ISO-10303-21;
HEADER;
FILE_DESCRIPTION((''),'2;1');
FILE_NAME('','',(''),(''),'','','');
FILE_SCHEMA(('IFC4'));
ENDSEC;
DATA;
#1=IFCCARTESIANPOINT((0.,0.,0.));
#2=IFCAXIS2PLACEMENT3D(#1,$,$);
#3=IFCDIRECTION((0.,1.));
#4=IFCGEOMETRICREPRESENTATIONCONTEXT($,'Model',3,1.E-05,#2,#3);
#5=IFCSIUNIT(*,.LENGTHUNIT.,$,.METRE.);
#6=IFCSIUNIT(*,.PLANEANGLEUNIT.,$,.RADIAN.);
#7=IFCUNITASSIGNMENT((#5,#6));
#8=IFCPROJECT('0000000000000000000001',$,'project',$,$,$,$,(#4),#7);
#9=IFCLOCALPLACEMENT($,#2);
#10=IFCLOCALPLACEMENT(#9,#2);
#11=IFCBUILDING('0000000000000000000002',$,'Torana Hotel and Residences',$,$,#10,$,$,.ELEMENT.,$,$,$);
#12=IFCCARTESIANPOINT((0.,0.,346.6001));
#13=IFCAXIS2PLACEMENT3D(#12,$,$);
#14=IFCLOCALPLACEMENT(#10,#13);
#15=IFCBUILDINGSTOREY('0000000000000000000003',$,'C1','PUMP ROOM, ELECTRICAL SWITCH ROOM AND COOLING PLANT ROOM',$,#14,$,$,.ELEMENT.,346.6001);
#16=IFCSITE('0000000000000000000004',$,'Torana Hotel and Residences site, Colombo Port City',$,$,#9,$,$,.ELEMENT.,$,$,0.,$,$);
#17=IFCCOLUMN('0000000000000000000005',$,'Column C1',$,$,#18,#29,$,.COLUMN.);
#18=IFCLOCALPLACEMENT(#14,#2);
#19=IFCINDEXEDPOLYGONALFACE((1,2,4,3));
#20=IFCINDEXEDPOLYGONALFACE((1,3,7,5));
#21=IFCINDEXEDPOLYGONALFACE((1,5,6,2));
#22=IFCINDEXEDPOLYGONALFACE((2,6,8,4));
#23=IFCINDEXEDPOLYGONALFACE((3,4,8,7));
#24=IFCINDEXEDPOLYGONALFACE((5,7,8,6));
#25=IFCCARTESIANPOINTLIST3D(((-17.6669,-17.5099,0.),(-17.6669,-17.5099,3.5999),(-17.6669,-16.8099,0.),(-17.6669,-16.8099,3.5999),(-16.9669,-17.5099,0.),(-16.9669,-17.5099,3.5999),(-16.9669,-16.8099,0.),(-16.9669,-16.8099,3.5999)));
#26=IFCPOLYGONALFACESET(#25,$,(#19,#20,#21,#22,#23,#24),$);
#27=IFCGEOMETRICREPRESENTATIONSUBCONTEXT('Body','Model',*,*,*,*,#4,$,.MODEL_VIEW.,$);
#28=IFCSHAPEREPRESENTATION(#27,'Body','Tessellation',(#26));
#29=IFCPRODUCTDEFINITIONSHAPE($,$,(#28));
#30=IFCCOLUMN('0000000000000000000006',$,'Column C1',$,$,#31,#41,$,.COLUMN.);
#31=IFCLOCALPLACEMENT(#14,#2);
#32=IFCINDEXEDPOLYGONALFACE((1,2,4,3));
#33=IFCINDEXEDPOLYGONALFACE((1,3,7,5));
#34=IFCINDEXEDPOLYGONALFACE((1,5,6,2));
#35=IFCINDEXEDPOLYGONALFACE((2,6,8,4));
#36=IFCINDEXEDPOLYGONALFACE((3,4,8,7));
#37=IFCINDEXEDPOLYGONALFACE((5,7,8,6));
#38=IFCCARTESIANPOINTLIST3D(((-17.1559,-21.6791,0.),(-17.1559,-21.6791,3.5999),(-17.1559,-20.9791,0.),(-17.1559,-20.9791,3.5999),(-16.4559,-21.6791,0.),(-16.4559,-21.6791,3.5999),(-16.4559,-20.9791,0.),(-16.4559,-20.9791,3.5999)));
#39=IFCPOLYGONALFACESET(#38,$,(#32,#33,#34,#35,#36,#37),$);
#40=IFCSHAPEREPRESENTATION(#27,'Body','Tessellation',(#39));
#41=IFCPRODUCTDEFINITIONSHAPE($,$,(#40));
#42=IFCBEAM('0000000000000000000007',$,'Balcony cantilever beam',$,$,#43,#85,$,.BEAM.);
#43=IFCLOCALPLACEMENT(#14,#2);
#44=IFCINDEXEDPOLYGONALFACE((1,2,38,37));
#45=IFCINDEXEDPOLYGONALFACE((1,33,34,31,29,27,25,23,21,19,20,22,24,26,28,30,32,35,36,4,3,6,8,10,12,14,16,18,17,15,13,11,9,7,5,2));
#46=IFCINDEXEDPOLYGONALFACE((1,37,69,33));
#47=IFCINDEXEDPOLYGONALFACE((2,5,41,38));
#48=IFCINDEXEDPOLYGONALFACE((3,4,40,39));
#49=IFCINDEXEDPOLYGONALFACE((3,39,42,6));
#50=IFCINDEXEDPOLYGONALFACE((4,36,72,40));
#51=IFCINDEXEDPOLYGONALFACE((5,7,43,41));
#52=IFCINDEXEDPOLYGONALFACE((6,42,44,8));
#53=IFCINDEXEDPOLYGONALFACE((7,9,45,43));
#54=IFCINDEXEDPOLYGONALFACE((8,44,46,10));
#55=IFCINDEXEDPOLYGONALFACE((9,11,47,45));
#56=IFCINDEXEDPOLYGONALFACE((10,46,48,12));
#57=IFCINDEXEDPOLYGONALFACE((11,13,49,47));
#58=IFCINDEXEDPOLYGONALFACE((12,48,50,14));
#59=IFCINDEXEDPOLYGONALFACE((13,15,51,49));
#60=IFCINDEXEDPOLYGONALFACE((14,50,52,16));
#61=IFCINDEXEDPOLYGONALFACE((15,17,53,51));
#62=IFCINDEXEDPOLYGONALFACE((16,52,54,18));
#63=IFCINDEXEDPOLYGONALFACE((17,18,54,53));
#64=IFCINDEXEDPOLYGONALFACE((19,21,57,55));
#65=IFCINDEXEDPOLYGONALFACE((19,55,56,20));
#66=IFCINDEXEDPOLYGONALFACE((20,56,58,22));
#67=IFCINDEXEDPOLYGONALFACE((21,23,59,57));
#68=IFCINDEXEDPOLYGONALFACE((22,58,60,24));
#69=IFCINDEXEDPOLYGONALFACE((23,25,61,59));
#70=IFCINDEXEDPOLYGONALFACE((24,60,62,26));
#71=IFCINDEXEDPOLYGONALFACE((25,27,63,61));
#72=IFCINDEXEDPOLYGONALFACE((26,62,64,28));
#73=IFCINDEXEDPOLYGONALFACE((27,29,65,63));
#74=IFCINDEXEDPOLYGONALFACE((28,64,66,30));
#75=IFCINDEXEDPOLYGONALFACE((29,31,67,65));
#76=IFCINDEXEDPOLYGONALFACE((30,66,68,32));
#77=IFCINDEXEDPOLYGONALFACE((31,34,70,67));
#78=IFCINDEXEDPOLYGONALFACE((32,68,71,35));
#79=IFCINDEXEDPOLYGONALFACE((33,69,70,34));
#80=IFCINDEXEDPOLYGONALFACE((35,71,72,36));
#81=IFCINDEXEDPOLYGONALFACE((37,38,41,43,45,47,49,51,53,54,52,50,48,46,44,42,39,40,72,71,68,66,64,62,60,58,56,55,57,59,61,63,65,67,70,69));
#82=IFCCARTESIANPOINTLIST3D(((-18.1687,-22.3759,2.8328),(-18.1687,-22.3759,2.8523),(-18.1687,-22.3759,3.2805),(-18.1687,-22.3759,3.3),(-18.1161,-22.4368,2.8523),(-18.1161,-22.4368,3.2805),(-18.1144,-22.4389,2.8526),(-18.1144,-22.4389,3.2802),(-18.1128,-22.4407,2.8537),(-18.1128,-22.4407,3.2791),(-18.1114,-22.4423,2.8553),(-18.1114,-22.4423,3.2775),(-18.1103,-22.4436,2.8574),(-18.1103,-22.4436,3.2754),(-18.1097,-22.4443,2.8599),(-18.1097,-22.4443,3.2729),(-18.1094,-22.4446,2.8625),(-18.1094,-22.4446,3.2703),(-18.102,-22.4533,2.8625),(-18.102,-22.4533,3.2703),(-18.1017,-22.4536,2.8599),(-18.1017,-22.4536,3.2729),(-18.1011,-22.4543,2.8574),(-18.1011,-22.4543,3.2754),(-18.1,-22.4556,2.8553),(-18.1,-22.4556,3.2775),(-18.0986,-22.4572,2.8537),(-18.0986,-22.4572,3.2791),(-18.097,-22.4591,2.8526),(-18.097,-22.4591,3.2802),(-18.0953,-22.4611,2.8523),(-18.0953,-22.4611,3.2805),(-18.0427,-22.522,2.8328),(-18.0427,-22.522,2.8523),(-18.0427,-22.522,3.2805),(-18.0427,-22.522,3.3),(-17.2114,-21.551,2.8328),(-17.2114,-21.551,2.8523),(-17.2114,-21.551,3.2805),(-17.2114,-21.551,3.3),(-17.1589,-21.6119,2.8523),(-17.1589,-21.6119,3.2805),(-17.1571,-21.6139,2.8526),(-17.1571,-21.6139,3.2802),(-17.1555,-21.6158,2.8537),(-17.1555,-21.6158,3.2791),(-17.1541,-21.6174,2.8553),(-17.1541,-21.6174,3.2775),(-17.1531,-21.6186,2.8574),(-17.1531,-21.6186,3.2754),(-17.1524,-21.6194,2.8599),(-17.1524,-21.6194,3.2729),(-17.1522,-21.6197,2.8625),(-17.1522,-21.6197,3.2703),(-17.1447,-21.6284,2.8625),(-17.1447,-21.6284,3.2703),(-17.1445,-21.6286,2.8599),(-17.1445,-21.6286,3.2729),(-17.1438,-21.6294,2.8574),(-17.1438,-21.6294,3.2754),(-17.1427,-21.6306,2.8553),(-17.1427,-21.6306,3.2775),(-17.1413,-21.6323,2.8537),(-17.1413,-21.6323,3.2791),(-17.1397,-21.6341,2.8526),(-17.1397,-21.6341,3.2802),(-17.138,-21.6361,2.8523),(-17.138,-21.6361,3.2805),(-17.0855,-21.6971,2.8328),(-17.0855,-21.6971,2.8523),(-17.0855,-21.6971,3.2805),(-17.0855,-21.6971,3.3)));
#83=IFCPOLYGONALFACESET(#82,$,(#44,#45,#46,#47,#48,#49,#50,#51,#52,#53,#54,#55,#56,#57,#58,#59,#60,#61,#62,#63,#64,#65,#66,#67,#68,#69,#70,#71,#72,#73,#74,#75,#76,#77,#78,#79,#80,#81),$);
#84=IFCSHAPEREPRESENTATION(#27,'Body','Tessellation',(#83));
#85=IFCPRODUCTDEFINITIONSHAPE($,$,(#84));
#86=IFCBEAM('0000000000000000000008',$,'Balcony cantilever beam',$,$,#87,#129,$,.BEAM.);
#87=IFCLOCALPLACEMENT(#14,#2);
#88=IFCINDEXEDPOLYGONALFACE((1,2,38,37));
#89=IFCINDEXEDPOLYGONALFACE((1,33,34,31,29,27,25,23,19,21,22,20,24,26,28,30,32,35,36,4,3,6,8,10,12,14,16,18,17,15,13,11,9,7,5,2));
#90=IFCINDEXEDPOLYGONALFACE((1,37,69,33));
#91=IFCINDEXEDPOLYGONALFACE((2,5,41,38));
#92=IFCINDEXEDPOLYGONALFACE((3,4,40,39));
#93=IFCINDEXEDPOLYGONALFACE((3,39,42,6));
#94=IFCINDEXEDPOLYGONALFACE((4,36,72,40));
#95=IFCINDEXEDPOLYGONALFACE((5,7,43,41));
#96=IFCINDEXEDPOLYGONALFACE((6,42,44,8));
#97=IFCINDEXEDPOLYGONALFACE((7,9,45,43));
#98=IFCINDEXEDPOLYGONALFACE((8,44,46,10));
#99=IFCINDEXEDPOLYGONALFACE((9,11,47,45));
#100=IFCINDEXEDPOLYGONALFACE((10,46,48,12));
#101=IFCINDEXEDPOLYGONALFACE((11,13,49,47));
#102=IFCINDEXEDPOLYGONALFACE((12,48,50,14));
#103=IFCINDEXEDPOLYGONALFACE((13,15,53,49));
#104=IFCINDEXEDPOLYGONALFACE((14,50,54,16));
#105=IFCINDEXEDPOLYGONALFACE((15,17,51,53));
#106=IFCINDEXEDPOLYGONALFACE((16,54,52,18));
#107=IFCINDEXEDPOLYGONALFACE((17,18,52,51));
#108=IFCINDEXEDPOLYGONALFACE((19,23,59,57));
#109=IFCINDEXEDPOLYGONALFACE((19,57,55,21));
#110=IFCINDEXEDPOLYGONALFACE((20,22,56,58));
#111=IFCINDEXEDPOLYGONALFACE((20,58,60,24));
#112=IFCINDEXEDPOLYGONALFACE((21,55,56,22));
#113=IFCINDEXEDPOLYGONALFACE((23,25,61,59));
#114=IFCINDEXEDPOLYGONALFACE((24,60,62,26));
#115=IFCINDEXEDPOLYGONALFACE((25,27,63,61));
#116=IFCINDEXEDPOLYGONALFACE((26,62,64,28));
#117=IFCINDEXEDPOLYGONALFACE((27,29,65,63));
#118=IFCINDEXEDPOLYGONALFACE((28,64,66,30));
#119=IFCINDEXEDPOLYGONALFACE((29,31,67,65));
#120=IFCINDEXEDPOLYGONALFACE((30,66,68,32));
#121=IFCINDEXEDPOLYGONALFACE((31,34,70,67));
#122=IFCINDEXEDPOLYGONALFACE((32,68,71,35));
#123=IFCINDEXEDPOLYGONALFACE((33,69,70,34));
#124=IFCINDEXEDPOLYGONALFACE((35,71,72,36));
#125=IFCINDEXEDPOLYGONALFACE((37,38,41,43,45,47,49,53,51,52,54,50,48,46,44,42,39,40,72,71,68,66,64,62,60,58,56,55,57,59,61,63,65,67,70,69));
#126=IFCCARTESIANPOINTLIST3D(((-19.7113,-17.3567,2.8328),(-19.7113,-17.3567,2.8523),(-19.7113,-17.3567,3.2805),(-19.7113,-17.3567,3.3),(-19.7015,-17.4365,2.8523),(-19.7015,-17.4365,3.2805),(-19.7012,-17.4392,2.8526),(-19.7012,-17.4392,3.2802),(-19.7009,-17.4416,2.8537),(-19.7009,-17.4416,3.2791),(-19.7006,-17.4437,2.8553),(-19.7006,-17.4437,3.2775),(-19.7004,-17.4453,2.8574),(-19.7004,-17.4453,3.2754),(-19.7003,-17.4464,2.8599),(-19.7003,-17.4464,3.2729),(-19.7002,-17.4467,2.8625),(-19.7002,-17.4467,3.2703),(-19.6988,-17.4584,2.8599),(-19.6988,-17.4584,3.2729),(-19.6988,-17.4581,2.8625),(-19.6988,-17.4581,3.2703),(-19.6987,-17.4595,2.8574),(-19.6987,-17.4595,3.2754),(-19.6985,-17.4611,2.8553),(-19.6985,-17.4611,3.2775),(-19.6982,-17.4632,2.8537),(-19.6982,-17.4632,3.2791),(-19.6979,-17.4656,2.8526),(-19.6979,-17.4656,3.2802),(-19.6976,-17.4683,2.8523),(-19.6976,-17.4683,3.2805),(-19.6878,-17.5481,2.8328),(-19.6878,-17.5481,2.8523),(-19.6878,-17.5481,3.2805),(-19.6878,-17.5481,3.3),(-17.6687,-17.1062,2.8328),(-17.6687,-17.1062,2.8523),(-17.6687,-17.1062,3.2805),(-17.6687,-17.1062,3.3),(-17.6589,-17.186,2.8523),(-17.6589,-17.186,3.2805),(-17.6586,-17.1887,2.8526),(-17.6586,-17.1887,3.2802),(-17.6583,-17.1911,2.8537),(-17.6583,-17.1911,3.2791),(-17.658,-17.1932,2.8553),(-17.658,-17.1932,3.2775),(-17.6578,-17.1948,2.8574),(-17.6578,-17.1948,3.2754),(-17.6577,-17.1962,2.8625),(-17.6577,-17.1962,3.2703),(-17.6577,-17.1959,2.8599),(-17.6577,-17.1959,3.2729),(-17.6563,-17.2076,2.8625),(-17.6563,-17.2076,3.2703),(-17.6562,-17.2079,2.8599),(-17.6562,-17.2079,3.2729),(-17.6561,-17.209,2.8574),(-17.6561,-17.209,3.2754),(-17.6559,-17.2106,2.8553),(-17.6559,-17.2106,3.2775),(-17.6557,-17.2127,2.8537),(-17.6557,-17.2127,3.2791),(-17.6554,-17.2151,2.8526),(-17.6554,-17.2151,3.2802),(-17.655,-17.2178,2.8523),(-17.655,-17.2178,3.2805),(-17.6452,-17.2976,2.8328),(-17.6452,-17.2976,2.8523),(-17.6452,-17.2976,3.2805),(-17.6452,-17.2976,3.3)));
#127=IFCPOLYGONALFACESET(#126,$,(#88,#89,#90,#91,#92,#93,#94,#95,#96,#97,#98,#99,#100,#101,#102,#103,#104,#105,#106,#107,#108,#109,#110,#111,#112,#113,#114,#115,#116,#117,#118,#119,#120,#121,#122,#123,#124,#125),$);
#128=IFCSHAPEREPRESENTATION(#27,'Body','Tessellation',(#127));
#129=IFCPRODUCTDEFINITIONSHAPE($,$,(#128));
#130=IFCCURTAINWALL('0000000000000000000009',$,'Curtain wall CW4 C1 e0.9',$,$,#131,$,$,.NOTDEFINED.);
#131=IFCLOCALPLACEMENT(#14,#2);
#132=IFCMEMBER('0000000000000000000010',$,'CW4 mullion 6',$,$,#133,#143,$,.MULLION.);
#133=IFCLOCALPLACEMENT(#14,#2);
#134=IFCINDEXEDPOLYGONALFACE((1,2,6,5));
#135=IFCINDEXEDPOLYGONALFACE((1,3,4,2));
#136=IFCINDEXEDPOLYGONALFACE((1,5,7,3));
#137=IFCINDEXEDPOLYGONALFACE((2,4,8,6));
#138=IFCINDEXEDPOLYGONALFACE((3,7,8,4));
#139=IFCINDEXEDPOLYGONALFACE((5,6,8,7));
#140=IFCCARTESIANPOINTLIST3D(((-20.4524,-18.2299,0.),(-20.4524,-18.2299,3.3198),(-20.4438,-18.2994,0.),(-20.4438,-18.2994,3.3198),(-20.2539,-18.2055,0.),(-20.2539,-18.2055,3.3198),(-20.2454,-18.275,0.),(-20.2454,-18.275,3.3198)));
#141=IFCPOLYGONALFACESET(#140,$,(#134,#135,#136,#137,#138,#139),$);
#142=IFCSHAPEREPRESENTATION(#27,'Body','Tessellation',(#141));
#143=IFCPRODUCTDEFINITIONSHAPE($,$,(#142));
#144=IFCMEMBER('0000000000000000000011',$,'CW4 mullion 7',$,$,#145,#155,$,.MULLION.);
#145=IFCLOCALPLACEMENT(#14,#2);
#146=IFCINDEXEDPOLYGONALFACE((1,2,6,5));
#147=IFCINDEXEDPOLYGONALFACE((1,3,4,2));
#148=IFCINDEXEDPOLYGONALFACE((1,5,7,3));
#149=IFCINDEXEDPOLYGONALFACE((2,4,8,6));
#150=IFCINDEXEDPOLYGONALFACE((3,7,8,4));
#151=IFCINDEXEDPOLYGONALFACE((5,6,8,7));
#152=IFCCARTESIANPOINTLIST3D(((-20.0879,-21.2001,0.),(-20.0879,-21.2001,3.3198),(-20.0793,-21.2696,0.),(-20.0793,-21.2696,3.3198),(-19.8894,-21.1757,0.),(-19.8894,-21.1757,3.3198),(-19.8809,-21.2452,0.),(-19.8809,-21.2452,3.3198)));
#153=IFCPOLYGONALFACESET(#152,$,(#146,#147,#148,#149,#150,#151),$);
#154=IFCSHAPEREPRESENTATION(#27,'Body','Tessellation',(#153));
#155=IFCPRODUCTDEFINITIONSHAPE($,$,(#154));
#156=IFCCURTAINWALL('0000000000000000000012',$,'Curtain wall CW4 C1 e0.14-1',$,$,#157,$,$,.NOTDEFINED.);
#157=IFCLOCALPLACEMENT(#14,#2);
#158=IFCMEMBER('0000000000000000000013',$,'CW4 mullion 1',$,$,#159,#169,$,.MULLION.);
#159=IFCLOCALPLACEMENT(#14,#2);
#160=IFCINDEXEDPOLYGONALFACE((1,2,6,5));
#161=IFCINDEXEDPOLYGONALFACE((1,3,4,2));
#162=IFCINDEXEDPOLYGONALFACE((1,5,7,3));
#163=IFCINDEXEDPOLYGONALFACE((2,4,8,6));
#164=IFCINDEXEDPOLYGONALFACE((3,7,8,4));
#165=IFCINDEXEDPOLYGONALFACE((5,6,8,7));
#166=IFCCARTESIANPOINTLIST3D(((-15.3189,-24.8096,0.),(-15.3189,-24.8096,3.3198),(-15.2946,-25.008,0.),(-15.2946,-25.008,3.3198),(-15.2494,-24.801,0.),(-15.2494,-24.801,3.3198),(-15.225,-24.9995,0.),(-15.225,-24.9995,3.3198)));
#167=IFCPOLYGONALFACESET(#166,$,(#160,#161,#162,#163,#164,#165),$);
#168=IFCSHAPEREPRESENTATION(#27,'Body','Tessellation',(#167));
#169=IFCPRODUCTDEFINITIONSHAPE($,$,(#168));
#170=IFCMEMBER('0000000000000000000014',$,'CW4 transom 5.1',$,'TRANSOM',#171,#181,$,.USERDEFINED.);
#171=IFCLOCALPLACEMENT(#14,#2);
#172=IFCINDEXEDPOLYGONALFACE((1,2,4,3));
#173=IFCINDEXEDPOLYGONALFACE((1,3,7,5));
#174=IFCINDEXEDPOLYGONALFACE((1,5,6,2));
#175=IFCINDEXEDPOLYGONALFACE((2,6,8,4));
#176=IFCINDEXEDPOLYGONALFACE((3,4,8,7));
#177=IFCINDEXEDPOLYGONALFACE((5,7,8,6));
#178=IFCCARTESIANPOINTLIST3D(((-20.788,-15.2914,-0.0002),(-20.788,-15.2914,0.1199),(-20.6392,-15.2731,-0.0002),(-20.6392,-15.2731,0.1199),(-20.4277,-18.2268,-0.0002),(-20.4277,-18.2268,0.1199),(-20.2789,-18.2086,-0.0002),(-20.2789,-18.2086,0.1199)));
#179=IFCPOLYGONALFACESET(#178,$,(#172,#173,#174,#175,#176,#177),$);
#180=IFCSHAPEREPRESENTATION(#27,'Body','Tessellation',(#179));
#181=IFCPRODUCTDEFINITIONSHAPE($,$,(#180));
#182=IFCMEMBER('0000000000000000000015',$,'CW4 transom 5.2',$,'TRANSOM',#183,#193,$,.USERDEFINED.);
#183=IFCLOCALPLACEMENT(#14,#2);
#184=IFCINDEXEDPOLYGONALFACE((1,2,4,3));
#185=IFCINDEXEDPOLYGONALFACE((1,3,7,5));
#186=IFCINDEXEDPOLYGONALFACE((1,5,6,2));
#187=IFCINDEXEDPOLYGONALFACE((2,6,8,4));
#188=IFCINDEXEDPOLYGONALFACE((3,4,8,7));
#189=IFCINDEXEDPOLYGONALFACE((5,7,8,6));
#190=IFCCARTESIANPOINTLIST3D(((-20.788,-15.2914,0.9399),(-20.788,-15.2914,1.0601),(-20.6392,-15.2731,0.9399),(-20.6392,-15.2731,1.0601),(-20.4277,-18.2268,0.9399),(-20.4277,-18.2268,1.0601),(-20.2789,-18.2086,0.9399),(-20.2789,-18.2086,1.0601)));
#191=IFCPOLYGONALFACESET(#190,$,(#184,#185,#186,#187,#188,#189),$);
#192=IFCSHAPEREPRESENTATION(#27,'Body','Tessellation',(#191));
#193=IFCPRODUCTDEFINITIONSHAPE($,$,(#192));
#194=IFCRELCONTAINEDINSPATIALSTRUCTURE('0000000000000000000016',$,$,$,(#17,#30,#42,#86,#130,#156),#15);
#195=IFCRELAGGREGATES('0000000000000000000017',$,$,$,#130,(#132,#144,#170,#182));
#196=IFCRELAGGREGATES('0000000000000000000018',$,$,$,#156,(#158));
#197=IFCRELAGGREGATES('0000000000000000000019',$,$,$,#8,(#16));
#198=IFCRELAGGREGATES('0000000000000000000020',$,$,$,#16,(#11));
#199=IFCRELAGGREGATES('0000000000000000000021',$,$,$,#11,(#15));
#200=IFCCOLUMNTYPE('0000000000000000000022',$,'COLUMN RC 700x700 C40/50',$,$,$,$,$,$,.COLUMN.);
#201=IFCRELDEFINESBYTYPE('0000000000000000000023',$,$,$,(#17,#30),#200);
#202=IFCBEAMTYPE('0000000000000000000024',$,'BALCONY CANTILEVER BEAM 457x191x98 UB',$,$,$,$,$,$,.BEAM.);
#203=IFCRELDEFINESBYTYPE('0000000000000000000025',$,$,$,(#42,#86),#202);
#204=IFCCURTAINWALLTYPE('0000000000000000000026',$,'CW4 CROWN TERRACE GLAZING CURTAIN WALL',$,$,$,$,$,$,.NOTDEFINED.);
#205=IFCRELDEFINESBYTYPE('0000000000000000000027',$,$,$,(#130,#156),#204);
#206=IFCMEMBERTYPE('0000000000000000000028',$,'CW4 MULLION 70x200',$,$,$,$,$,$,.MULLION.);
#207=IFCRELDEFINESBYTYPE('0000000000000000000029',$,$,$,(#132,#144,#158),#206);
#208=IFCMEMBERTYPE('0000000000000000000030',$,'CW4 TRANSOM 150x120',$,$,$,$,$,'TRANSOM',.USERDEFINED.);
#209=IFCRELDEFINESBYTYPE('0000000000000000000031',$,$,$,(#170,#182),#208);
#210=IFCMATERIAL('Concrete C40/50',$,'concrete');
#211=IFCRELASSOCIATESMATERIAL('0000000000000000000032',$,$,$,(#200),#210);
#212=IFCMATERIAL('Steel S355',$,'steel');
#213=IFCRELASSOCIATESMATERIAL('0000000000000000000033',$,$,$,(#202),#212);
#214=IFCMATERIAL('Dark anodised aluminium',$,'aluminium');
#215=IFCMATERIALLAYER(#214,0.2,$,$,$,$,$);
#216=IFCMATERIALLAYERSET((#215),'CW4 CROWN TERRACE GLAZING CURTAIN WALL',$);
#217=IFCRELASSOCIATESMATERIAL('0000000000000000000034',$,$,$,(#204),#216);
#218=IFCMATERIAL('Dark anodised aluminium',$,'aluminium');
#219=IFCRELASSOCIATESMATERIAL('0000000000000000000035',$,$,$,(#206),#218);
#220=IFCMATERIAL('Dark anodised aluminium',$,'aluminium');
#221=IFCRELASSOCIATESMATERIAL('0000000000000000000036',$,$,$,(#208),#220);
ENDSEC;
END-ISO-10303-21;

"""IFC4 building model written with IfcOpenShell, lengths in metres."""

from ifc_helpers import new_model, si_unit, direction, frame, origin, origin_2d, place, context, subcontext, project, spatial, rectangle, i_section, extrude, material, layer, layer_set, material_profile, profile_set, type_object, element, aggregate, save


model = new_model("IFC4")

# Units and contexts
model_context = context("Model", 3, precision=1e-05, world=origin(), true_north=direction((0.0, 1.0)))
body_context = subcontext(model_context, "Body", "Model", "MODEL_VIEW")
ifc_project = project(units=[si_unit("LENGTHUNIT", "METRE"), si_unit("PLANEANGLEUNIT", "RADIAN")], contexts=[model_context])

# Site, building, storey
site_placement = place(None, origin())
site = spatial("IfcSite", under=ifc_project, at=site_placement, Name="Torana Hotel and Residences site, Colombo Port City", CompositionType="ELEMENT", RefElevation=0.0)
building_placement = place(site_placement, origin())
building = spatial("IfcBuilding", under=site, at=building_placement, Name="Torana Hotel and Residences", CompositionType="ELEMENT")
storey_placement = place(building_placement, frame((0.0, 0.0, 346.6001)))
storey = spatial("IfcBuildingStorey", under=building, at=storey_placement, Name="C1", Description="PUMP ROOM, ELECTRICAL SWITCH ROOM AND COOLING PLANT ROOM", CompositionType="ELEMENT", Elevation=346.6001)

# Columns
ifc_material_1 = material(Name="Concrete C40/50", Category="concrete")
ifc_material_profile_1 = material_profile(ifc_material_1, rectangle(XDim=0.7, YDim=0.7, at=origin_2d()), Name="RC 700x700")
ifc_profile_set_1 = profile_set([ifc_material_profile_1], Name="Concrete C40/50")
column_type = type_object("IfcColumnType", Name="COLUMN RC 700x700 C40/50", PredefinedType="COLUMN", material=ifc_profile_set_1)
for number, where, z_axis, x_axis, name in (
    (1, (-17.3169, -17.1599, 0.0), (0.0, 0.0, 1.0), (1.0, 0.0, 0.0), "Column C1"),
    (2, (-16.8059, -21.3291, 0.0), (0.0, 0.0, 1.0), (1.0, 0.0, 0.0), "Column C1"),
):
    element("IfcColumn", number, at=place(storey_placement, frame(where, z_axis=z_axis, x_axis=x_axis)), inside=storey, type_object=column_type, Name=name, PredefinedType="COLUMN", context=body_context, shape_type="SweptSolid", body=[
        extrude(rectangle(XDim=0.7, YDim=0.7, at=origin_2d()), origin(), (0.0, 0.0, 1.0), 3.5999),
    ])

# Beams
ifc_material_2 = material(Name="Steel S355", Category="steel")
ifc_material_profile_2 = material_profile(ifc_material_2, i_section(OverallWidth=0.1929, OverallDepth=0.4673, WebThickness=0.0115, FlangeThickness=0.0195, FilletRadius=0.0103, at=origin_2d()), Name="457x191x98 UB")
ifc_profile_set_2 = profile_set([ifc_material_profile_2], Name="Steel S355")
beam_type = type_object("IfcBeamType", Name="BALCONY CANTILEVER BEAM 457x191x98 UB", PredefinedType="BEAM", material=ifc_profile_set_2)
beam_1_placement = place(storey_placement, frame((-17.1484, -21.624, 3.0664), z_axis=(-0.757522, -0.65281, 0.0), x_axis=(0.65281, -0.757522, 0.0)))
element("IfcBeam", 3, at=beam_1_placement, inside=storey, type_object=beam_type, Name="Balcony cantilever beam", PredefinedType="BEAM", context=body_context, shape_type="SweptSolid", body=[
    extrude(i_section(OverallWidth=0.1929, OverallDepth=0.4673, WebThickness=0.0115, FlangeThickness=0.0195, FilletRadius=0.0103, at=origin_2d()), origin(), (0.0, 0.0, 1.0), 1.2637),
])
beam_2_placement = place(storey_placement, frame((-17.657, -17.2019, 3.0664), z_axis=(-0.992564, -0.121727, 0.0), x_axis=(0.121727, -0.992564, 0.0)))
element("IfcBeam", 4, at=beam_2_placement, inside=storey, type_object=beam_type, Name="Balcony cantilever beam", PredefinedType="BEAM", context=body_context, shape_type="SweptSolid", body=[
    extrude(i_section(OverallWidth=0.1929, OverallDepth=0.4673, WebThickness=0.0115, FlangeThickness=0.0195, FilletRadius=0.0103, at=origin_2d()), origin(), (0.0, 0.0, 1.0), 2.0579),
])

# Curtain wall, members
ifc_material_3 = material(Name="Dark anodised aluminium", Category="aluminium")
ifc_layer_1 = layer(ifc_material_3, 0.2)
ifc_layer_set_1 = layer_set([ifc_layer_1], Name="CW4 CROWN TERRACE GLAZING CURTAIN WALL")
curtain_wall_type = type_object("IfcCurtainWallType", Name="CW4 CROWN TERRACE GLAZING CURTAIN WALL", PredefinedType="NOTDEFINED", material=ifc_layer_set_1)
curtain_wall_1_placement = place(storey_placement, origin())
curtain_wall_1 = element("IfcCurtainWall", 5, at=curtain_wall_1_placement, inside=storey, type_object=curtain_wall_type, Name="Curtain wall CW4 C1 e0.9", PredefinedType="NOTDEFINED")
ifc_material_4 = material(Name="Dark anodised aluminium", Category="aluminium")
ifc_material_profile_3 = material_profile(ifc_material_4, rectangle(XDim=0.2, YDim=0.0701, at=origin_2d()), Name="CW4 MULLION 70x200")
ifc_profile_set_3 = profile_set([ifc_material_profile_3], Name="Dark anodised aluminium")
member_type_1 = type_object("IfcMemberType", Name="CW4 MULLION 70x200", PredefinedType="MULLION", material=ifc_profile_set_3)
member_1_placement = place(storey_placement, frame((-20.3489, -18.2524, 0.0), z_axis=(0.0, 0.0, 1.0), x_axis=(0.992546, 0.121868, 0.0)))
member_1 = element("IfcMember", 6, at=member_1_placement, type_object=member_type_1, Name="CW4 mullion 6", PredefinedType="MULLION", context=body_context, shape_type="SweptSolid", body=[
    extrude(rectangle(XDim=0.2, YDim=0.0701, at=origin_2d()), origin(), (0.0, 0.0, 1.0), 3.3198),
])
member_2_placement = place(storey_placement, frame((-19.9844, -21.2227, 0.0), z_axis=(0.0, 0.0, 1.0), x_axis=(0.992546, 0.121868, 0.0)))
member_2 = element("IfcMember", 7, at=member_2_placement, type_object=member_type_1, Name="CW4 mullion 7", PredefinedType="MULLION", context=body_context, shape_type="SweptSolid", body=[
    extrude(rectangle(XDim=0.2, YDim=0.0701, at=origin_2d()), origin(), (0.0, 0.0, 1.0), 3.3198),
])

# Curtain wall, member
curtain_wall_2_placement = place(storey_placement, origin())
curtain_wall_2 = element("IfcCurtainWall", 8, at=curtain_wall_2_placement, inside=storey, type_object=curtain_wall_type, Name="Curtain wall CW4 C1 e0.14-1", PredefinedType="NOTDEFINED")
member_3_placement = place(storey_placement, frame((-15.272, -24.9045, 0.0), z_axis=(0.0, 0.0, 1.0), x_axis=(-0.121858, 0.992548, 0.0)))
member_3 = element("IfcMember", 9, at=member_3_placement, type_object=member_type_1, Name="CW4 mullion 1", PredefinedType="MULLION", context=body_context, shape_type="SweptSolid", body=[
    extrude(rectangle(XDim=0.2, YDim=0.0701, at=origin_2d()), origin(), (0.0, 0.0, 1.0), 3.3198),
])

# Members
ifc_material_5 = material(Name="Dark anodised aluminium", Category="aluminium")
ifc_material_profile_4 = material_profile(ifc_material_5, rectangle(XDim=0.1499, YDim=0.1201, at=origin_2d()), Name="CW4 TRANSOM 150x120")
ifc_profile_set_4 = profile_set([ifc_material_profile_4], Name="Dark anodised aluminium")
member_type_2 = type_object("IfcMemberType", Name="CW4 TRANSOM 150x120", ElementType="TRANSOM", PredefinedType="USERDEFINED", material=ifc_profile_set_4)
member_4_placement = place(storey_placement, frame((-20.7136, -15.2822, 0.0598), z_axis=(0.12184, -0.99255, 0.0), x_axis=(0.99255, 0.12184, 0.0)))
member_4 = element("IfcMember", 10, at=member_4_placement, type_object=member_type_2, Name="CW4 transom 5.1", ObjectType="TRANSOM", PredefinedType="USERDEFINED", context=body_context, shape_type="SweptSolid", body=[
    extrude(rectangle(XDim=0.1499, YDim=0.1201, at=origin_2d()), origin(), (0.0, 0.0, 1.0), 2.9575),
])
member_5_placement = place(storey_placement, frame((-20.7136, -15.2822, 1.0), z_axis=(0.12184, -0.99255, 0.0), x_axis=(0.99255, 0.12184, 0.0)))
member_5 = element("IfcMember", 11, at=member_5_placement, type_object=member_type_2, Name="CW4 transom 5.2", ObjectType="TRANSOM", PredefinedType="USERDEFINED", context=body_context, shape_type="SweptSolid", body=[
    extrude(rectangle(XDim=0.1499, YDim=0.1201, at=origin_2d()), origin(), (0.0, 0.0, 1.0), 2.9575),
])

aggregate(curtain_wall_1, [member_1, member_2, member_4, member_5])
aggregate(curtain_wall_2, [member_3])

save(model, "model.ifc")
